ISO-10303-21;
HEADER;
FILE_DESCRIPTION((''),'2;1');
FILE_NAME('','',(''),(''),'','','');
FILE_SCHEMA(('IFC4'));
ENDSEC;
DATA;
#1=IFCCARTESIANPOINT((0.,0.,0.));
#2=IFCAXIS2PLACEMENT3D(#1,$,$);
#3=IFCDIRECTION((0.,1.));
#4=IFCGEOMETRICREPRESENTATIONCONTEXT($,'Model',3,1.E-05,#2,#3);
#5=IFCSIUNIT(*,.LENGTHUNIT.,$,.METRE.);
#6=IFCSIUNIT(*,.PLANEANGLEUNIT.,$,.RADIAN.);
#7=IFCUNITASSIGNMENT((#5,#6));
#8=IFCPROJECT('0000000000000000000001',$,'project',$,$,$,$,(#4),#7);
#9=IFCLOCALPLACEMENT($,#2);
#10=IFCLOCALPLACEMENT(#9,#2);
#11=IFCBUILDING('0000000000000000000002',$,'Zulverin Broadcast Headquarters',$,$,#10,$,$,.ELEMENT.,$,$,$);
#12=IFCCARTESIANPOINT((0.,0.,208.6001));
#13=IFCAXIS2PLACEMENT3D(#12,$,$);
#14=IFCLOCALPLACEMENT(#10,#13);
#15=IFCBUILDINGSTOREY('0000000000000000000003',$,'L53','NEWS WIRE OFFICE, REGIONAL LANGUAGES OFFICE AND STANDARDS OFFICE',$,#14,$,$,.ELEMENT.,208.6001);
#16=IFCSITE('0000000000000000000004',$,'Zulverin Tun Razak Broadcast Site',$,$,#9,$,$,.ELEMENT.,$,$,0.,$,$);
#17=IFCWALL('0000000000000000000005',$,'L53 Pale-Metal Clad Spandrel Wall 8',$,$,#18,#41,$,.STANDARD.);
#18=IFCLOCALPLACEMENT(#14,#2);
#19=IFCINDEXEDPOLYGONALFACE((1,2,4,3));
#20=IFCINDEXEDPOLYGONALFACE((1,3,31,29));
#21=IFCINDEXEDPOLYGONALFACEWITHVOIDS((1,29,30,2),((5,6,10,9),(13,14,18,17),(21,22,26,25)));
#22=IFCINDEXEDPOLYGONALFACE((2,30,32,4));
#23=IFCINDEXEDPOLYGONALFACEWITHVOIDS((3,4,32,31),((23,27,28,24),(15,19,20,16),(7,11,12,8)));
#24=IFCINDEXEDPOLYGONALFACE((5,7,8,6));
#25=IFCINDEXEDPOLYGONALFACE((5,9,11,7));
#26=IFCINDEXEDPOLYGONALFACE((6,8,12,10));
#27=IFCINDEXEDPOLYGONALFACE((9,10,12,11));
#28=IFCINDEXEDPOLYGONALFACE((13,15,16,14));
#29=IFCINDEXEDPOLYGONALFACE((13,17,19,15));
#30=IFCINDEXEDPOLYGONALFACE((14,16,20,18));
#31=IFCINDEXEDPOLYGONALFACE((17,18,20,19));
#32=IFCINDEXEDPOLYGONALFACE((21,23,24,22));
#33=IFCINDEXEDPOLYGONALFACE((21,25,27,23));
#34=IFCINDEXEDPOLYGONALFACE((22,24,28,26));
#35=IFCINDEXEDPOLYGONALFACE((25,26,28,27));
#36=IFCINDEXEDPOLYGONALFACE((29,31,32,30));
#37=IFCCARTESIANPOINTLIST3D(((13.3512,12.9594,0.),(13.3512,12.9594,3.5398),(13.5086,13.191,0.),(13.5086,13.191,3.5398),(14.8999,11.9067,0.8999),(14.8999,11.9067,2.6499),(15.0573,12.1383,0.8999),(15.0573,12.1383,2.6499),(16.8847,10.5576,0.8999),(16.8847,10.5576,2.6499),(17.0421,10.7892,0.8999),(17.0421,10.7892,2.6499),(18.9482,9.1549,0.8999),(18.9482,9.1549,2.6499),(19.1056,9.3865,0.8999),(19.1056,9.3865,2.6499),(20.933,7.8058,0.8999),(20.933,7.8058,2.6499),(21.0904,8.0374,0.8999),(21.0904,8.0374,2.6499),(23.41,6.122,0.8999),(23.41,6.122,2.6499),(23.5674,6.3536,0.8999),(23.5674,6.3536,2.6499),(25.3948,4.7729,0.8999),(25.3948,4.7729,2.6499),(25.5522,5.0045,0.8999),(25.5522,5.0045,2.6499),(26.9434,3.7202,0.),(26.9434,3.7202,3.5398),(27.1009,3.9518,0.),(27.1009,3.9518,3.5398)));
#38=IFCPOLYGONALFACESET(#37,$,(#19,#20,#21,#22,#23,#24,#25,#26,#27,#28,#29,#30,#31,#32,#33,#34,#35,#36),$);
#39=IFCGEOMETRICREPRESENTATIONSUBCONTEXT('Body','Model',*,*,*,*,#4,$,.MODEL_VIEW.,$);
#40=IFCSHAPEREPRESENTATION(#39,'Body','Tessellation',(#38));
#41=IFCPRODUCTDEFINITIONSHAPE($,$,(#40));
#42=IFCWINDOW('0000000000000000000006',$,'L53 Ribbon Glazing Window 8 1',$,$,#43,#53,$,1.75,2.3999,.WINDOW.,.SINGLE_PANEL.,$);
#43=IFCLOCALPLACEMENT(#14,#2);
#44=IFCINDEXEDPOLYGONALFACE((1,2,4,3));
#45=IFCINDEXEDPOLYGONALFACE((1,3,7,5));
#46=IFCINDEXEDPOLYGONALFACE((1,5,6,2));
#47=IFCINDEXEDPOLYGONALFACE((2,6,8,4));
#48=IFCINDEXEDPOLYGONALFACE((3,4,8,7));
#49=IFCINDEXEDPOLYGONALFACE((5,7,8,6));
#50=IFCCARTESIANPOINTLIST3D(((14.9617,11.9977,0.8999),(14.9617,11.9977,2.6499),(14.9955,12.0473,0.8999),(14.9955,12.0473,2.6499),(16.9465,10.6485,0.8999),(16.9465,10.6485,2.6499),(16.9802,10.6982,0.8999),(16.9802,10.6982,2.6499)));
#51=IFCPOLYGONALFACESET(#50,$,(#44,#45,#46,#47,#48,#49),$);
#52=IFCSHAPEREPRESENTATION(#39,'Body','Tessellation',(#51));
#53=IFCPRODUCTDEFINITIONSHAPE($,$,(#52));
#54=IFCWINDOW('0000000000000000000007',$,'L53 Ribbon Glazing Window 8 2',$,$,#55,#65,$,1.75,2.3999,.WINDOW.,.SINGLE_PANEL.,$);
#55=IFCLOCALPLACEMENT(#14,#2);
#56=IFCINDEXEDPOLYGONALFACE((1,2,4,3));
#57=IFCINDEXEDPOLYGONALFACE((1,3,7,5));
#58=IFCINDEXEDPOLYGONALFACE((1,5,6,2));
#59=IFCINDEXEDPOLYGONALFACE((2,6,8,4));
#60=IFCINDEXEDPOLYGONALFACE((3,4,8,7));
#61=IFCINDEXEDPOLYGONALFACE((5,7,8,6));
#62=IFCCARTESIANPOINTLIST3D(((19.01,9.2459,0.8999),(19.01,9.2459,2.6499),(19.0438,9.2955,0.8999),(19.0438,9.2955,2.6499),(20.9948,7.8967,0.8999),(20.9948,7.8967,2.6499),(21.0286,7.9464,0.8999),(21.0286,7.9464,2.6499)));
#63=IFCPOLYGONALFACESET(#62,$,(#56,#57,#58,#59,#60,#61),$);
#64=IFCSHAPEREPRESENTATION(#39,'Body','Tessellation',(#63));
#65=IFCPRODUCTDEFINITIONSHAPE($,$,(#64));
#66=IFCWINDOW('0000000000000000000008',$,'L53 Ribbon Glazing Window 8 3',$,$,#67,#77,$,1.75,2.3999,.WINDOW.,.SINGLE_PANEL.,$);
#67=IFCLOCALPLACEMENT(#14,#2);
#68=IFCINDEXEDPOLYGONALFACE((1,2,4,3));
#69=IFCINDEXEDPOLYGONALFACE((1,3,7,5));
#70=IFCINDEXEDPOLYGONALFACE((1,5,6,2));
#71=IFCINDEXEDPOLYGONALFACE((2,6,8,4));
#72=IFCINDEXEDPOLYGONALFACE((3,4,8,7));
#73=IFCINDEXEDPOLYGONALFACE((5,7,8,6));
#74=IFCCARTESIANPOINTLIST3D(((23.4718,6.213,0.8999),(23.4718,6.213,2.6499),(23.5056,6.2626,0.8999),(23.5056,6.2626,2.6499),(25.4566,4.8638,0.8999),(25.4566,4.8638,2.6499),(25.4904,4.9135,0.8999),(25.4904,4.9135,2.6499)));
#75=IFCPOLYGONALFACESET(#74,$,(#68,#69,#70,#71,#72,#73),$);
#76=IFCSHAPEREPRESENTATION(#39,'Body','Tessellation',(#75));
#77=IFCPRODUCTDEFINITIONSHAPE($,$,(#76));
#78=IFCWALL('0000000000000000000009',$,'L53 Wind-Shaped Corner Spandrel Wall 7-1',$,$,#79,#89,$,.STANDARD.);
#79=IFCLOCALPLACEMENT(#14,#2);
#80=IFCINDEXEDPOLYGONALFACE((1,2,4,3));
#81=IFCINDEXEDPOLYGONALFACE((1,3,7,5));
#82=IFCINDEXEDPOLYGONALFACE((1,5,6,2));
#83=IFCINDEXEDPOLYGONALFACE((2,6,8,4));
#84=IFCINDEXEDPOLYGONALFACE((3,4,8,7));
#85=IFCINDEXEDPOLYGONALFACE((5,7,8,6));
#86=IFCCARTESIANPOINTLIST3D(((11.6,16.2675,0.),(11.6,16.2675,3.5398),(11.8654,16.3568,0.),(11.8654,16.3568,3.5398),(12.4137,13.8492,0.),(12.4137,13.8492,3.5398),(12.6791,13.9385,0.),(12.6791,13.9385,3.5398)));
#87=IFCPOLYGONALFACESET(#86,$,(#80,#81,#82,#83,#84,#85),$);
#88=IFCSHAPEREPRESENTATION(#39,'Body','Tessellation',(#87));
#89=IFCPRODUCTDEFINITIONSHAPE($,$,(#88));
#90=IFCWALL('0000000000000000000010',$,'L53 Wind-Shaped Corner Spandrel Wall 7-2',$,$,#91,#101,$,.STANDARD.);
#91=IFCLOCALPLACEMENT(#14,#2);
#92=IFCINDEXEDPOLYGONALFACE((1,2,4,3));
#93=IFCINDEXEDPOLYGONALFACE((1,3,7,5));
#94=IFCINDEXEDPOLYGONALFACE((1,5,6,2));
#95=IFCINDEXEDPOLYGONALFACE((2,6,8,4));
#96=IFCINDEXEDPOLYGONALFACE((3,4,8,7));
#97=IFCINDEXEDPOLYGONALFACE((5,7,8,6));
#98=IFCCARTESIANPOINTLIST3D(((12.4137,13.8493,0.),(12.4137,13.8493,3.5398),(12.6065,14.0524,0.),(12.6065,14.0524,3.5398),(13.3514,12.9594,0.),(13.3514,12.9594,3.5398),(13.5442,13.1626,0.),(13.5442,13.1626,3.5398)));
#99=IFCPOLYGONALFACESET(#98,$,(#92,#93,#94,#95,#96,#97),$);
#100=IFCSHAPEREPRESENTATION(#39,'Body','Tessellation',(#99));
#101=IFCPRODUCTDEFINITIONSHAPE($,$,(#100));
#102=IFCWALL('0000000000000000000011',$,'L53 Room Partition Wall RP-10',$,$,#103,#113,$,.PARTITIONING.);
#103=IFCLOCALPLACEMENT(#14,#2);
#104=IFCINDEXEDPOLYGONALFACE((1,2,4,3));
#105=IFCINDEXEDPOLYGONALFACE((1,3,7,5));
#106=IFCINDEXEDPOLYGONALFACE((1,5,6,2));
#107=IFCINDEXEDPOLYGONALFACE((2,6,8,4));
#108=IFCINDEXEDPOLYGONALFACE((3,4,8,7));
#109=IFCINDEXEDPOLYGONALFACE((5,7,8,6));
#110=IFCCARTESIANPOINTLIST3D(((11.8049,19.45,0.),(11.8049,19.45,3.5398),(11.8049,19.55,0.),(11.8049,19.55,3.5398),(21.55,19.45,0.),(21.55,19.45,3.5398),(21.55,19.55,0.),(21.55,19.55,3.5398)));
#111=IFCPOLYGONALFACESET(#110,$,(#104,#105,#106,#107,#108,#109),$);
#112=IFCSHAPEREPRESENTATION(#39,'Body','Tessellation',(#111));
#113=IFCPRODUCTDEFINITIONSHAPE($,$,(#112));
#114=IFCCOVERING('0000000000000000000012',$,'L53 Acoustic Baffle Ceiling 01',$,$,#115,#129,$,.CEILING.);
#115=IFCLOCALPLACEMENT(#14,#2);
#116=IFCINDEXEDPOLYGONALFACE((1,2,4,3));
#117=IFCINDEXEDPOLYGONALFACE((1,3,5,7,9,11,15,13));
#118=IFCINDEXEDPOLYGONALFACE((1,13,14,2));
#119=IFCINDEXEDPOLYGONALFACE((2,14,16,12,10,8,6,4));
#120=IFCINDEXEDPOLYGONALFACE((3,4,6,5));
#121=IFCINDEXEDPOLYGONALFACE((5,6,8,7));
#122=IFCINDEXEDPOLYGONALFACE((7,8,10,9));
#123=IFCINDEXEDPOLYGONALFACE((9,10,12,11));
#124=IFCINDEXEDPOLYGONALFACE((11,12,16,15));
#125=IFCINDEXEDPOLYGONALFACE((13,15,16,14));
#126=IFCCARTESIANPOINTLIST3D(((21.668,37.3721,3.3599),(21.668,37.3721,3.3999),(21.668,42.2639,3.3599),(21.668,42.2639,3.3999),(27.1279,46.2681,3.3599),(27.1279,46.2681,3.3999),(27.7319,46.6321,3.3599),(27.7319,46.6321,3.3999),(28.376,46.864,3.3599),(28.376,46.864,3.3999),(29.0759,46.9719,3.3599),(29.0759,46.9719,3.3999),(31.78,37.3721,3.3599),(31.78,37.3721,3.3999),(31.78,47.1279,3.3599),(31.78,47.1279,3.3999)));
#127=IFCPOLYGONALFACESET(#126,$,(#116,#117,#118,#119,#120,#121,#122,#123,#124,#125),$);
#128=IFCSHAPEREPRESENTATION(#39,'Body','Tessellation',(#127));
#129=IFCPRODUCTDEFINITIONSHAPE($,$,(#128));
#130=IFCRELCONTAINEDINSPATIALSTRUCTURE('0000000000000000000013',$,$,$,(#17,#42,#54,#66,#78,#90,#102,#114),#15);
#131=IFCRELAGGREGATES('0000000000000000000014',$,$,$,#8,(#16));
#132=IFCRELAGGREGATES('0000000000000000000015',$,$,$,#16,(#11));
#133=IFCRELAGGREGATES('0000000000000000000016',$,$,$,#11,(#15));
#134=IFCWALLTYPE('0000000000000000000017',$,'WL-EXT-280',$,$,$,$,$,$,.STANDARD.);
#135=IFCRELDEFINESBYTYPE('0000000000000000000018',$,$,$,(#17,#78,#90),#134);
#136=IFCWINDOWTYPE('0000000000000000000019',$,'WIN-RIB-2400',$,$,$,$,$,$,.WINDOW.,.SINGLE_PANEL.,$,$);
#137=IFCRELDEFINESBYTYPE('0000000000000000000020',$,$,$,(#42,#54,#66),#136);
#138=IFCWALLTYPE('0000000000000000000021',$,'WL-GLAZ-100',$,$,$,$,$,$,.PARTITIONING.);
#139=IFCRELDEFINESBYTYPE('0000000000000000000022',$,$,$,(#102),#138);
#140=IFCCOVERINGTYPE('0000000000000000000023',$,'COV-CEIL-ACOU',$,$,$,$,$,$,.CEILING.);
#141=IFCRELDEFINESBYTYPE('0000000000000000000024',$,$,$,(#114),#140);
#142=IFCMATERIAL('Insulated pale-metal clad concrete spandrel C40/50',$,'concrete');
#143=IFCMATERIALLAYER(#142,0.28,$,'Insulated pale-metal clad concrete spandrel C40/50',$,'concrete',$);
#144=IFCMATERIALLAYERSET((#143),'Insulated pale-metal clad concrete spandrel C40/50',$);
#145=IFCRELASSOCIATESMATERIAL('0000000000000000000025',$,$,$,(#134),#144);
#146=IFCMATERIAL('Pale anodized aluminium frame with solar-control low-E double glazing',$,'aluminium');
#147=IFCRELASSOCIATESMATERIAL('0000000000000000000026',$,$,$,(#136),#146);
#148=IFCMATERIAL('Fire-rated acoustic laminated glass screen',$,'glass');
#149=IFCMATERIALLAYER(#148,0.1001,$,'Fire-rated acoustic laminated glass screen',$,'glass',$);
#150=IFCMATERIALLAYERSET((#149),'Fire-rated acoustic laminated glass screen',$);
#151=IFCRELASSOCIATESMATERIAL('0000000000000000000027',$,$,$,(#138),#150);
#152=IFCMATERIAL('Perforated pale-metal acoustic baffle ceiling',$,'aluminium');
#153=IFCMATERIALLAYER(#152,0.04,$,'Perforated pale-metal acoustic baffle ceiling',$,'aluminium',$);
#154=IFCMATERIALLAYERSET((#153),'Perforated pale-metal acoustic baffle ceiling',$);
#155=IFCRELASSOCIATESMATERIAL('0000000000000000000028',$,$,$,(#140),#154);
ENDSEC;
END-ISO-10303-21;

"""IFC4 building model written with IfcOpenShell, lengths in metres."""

from ifc_helpers import new_model, si_unit, direction, frame, frame_2d, origin, place, context, subcontext, project, spatial, polyline, rectangle, outline, extrude, material, layer, layer_set, type_object, element, fill, save


model = new_model("IFC4")

# Units and contexts
model_context = context("Model", 3, precision=1e-05, world=origin(), true_north=direction((0.0, 1.0)))
body_context = subcontext(model_context, "Body", "Model", "MODEL_VIEW")
ifc_project = project(units=[si_unit("LENGTHUNIT", "METRE"), si_unit("PLANEANGLEUNIT", "RADIAN")], contexts=[model_context])

# Site, building, storey
site_placement = place(None, origin())
site = spatial("IfcSite", under=ifc_project, at=site_placement, Name="Zulverin Tun Razak Broadcast Site", CompositionType="ELEMENT", RefElevation=0.0)
building_placement = place(site_placement, origin())
building = spatial("IfcBuilding", under=site, at=building_placement, Name="Zulverin Broadcast Headquarters", CompositionType="ELEMENT")
storey_placement = place(building_placement, frame((0.0, 0.0, 208.6001)))
storey = spatial("IfcBuildingStorey", under=building, at=storey_placement, Name="L53", Description="NEWS WIRE OFFICE, REGIONAL LANGUAGES OFFICE AND STANDARDS OFFICE", CompositionType="ELEMENT", Elevation=208.6001)

# Wall, openings, windows
ifc_material_1 = material(Name="Insulated pale-metal clad concrete spandrel C40/50", Category="concrete")
ifc_layer_1 = layer(ifc_material_1, 0.28, Name="Insulated pale-metal clad concrete spandrel C40/50", Category="concrete")
ifc_layer_set_1 = layer_set([ifc_layer_1], Name="Insulated pale-metal clad concrete spandrel C40/50")
wall_type_1 = type_object("IfcWallType", Name="WL-EXT-280", PredefinedType="STANDARD", material=ifc_layer_set_1)
wall_1_placement = place(storey_placement, frame((13.4299, 13.0752, 0.0), z_axis=(0.0, 0.0, 1.0), x_axis=(0.827025, -0.562165, 0.0)))
wall_1 = element("IfcWall", 1, at=wall_1_placement, inside=storey, type_object=wall_type_1, Name="L53 Pale-Metal Clad Spandrel Wall 8", PredefinedType="STANDARD", context=body_context, shape_type="SweptSolid", body=[
    extrude(rectangle(XDim=16.4351, YDim=0.28, at=frame_2d((8.2175, 0.0))), origin(), (0.0, 0.0, 1.0), 3.5398),
])
opening_1_placement = place(wall_1_placement, frame((1.8726, 0.0, 0.8999)))
opening_1 = element("IfcOpeningElement", 2, at=opening_1_placement, cuts=wall_1, PredefinedType="OPENING", context=body_context, shape_type="SweptSolid", body=[
    extrude(rectangle(XDim=2.3999, YDim=1.75, at=frame_2d((1.2, 0.875))), frame((0.0, 0.1499, 0.0), z_axis=(0.0, -1.0, 0.0), x_axis=(1.0, 0.0, 0.0)), (0.0, 0.0, 1.0), 0.3),
])
opening_2_placement = place(wall_1_placement, frame((6.7676, 0.0, 0.8999)))
opening_2 = element("IfcOpeningElement", 3, at=opening_2_placement, cuts=wall_1, PredefinedType="OPENING", context=body_context, shape_type="SweptSolid", body=[
    extrude(rectangle(XDim=2.3999, YDim=1.75, at=frame_2d((1.2, 0.875))), frame((0.0, 0.1499, 0.0), z_axis=(0.0, -1.0, 0.0), x_axis=(1.0, 0.0, 0.0)), (0.0, 0.0, 1.0), 0.3),
])
opening_3_placement = place(wall_1_placement, frame((12.1626, 0.0, 0.8999)))
opening_3 = element("IfcOpeningElement", 4, at=opening_3_placement, cuts=wall_1, PredefinedType="OPENING", context=body_context, shape_type="SweptSolid", body=[
    extrude(rectangle(XDim=2.3999, YDim=1.75, at=frame_2d((1.2, 0.875))), frame((0.0, 0.1499, 0.0), z_axis=(0.0, -1.0, 0.0), x_axis=(1.0, 0.0, 0.0)), (0.0, 0.0, 1.0), 0.3),
])
ifc_material_2 = material(Name="Pale anodized aluminium frame with solar-control low-E double glazing", Category="aluminium")
window_type = type_object("IfcWindowType", Name="WIN-RIB-2400", PartitioningType="SINGLE_PANEL", PredefinedType="WINDOW", material=ifc_material_2)
window_1_placement = place(opening_1_placement, origin())
window_1 = element("IfcWindow", 5, at=window_1_placement, inside=storey, type_object=window_type, Name="L53 Ribbon Glazing Window 8 1", OverallHeight=1.75, OverallWidth=2.3999, PartitioningType="SINGLE_PANEL", PredefinedType="WINDOW", context=body_context, shape_type="SweptSolid", body=[
    extrude(rectangle(XDim=2.3999, YDim=1.75, at=frame_2d((1.2, 0.875))), frame((0.0, 0.03, 0.0), z_axis=(0.0, -1.0, 0.0), x_axis=(1.0, 0.0, 0.0)), (0.0, 0.0, 1.0), 0.0601),
])
fill(opening_1, window_1)
window_2_placement = place(opening_2_placement, origin())
window_2 = element("IfcWindow", 6, at=window_2_placement, inside=storey, type_object=window_type, Name="L53 Ribbon Glazing Window 8 2", OverallHeight=1.75, OverallWidth=2.3999, PartitioningType="SINGLE_PANEL", PredefinedType="WINDOW", context=body_context, shape_type="SweptSolid", body=[
    extrude(rectangle(XDim=2.3999, YDim=1.75, at=frame_2d((1.2, 0.875))), frame((0.0, 0.03, 0.0), z_axis=(0.0, -1.0, 0.0), x_axis=(1.0, 0.0, 0.0)), (0.0, 0.0, 1.0), 0.0601),
])
fill(opening_2, window_2)
window_3_placement = place(opening_3_placement, origin())
window_3 = element("IfcWindow", 7, at=window_3_placement, inside=storey, type_object=window_type, Name="L53 Ribbon Glazing Window 8 3", OverallHeight=1.75, OverallWidth=2.3999, PartitioningType="SINGLE_PANEL", PredefinedType="WINDOW", context=body_context, shape_type="SweptSolid", body=[
    extrude(rectangle(XDim=2.3999, YDim=1.75, at=frame_2d((1.2, 0.875))), frame((0.0, 0.03, 0.0), z_axis=(0.0, -1.0, 0.0), x_axis=(1.0, 0.0, 0.0)), (0.0, 0.0, 1.0), 0.0601),
])
fill(opening_3, window_3)

# Walls
wall_2_placement = place(storey_placement, frame((11.7327, 16.3123, 0.0), z_axis=(0.0, 0.0, 1.0), x_axis=(0.318925, -0.94778, 0.0)))
element("IfcWall", 8, at=wall_2_placement, inside=storey, type_object=wall_type_1, Name="L53 Wind-Shaped Corner Spandrel Wall 7-1", PredefinedType="STANDARD", context=body_context, shape_type="SweptSolid", body=[
    extrude(rectangle(XDim=2.5515, YDim=0.28, at=frame_2d((1.2759, 0.0))), origin(), (0.0, 0.0, 1.0), 3.5398),
])
wall_3_placement = place(storey_placement, frame((12.51, 13.9509, 0.0), z_axis=(0.0, 0.0, 1.0), x_axis=(0.725372, -0.688357, 0.0)))
element("IfcWall", 9, at=wall_3_placement, inside=storey, type_object=wall_type_1, Name="L53 Wind-Shaped Corner Spandrel Wall 7-2", PredefinedType="STANDARD", context=body_context, shape_type="SweptSolid", body=[
    extrude(rectangle(XDim=1.2927, YDim=0.28, at=frame_2d((0.6465, 0.0))), origin(), (0.0, 0.0, 1.0), 3.5398),
])
ifc_material_3 = material(Name="Fire-rated acoustic laminated glass screen", Category="glass")
ifc_layer_2 = layer(ifc_material_3, 0.1001, Name="Fire-rated acoustic laminated glass screen", Category="glass")
ifc_layer_set_2 = layer_set([ifc_layer_2], Name="Fire-rated acoustic laminated glass screen")
wall_type_2 = type_object("IfcWallType", Name="WL-GLAZ-100", PredefinedType="PARTITIONING", material=ifc_layer_set_2)
wall_4_placement = place(storey_placement, frame((11.8049, 19.5, 0.0), z_axis=(0.0, 0.0, 1.0), x_axis=(1.0, 0.0, 0.0)))
element("IfcWall", 10, at=wall_4_placement, inside=storey, type_object=wall_type_2, Name="L53 Room Partition Wall RP-10", PredefinedType="PARTITIONING", context=body_context, shape_type="SweptSolid", body=[
    extrude(rectangle(XDim=9.7451, YDim=0.1001, at=frame_2d((4.8726, 0.0))), origin(), (0.0, 0.0, 1.0), 3.5398),
])

# Covering
ifc_material_4 = material(Name="Perforated pale-metal acoustic baffle ceiling", Category="aluminium")
ifc_layer_3 = layer(ifc_material_4, 0.04, Name="Perforated pale-metal acoustic baffle ceiling", Category="aluminium")
ifc_layer_set_3 = layer_set([ifc_layer_3], Name="Perforated pale-metal acoustic baffle ceiling")
covering_type_1 = type_object("IfcCoveringType", Name="COV-CEIL-ACOU", PredefinedType="CEILING", material=ifc_layer_set_3)
covering_1_placement = place(storey_placement, frame((0.0, 0.0, 3.3599)))
element("IfcCovering", 11, at=covering_1_placement, inside=storey, type_object=covering_type_1, Name="L53 Acoustic Baffle Ceiling 01", PredefinedType="CEILING", context=body_context, shape_type="SweptSolid", body=[
    extrude(outline(polyline([(31.78, 37.3721), (31.78, 47.1279), (29.0759, 46.9719), (28.376, 46.864), (27.7319, 46.6321), (27.1279, 46.2681), (21.668, 42.2639), (21.668, 37.3721), (31.78, 37.3721)])), origin(), (0.0, 0.0, 1.0), 0.04),
])

save(model, "model.ifc")
